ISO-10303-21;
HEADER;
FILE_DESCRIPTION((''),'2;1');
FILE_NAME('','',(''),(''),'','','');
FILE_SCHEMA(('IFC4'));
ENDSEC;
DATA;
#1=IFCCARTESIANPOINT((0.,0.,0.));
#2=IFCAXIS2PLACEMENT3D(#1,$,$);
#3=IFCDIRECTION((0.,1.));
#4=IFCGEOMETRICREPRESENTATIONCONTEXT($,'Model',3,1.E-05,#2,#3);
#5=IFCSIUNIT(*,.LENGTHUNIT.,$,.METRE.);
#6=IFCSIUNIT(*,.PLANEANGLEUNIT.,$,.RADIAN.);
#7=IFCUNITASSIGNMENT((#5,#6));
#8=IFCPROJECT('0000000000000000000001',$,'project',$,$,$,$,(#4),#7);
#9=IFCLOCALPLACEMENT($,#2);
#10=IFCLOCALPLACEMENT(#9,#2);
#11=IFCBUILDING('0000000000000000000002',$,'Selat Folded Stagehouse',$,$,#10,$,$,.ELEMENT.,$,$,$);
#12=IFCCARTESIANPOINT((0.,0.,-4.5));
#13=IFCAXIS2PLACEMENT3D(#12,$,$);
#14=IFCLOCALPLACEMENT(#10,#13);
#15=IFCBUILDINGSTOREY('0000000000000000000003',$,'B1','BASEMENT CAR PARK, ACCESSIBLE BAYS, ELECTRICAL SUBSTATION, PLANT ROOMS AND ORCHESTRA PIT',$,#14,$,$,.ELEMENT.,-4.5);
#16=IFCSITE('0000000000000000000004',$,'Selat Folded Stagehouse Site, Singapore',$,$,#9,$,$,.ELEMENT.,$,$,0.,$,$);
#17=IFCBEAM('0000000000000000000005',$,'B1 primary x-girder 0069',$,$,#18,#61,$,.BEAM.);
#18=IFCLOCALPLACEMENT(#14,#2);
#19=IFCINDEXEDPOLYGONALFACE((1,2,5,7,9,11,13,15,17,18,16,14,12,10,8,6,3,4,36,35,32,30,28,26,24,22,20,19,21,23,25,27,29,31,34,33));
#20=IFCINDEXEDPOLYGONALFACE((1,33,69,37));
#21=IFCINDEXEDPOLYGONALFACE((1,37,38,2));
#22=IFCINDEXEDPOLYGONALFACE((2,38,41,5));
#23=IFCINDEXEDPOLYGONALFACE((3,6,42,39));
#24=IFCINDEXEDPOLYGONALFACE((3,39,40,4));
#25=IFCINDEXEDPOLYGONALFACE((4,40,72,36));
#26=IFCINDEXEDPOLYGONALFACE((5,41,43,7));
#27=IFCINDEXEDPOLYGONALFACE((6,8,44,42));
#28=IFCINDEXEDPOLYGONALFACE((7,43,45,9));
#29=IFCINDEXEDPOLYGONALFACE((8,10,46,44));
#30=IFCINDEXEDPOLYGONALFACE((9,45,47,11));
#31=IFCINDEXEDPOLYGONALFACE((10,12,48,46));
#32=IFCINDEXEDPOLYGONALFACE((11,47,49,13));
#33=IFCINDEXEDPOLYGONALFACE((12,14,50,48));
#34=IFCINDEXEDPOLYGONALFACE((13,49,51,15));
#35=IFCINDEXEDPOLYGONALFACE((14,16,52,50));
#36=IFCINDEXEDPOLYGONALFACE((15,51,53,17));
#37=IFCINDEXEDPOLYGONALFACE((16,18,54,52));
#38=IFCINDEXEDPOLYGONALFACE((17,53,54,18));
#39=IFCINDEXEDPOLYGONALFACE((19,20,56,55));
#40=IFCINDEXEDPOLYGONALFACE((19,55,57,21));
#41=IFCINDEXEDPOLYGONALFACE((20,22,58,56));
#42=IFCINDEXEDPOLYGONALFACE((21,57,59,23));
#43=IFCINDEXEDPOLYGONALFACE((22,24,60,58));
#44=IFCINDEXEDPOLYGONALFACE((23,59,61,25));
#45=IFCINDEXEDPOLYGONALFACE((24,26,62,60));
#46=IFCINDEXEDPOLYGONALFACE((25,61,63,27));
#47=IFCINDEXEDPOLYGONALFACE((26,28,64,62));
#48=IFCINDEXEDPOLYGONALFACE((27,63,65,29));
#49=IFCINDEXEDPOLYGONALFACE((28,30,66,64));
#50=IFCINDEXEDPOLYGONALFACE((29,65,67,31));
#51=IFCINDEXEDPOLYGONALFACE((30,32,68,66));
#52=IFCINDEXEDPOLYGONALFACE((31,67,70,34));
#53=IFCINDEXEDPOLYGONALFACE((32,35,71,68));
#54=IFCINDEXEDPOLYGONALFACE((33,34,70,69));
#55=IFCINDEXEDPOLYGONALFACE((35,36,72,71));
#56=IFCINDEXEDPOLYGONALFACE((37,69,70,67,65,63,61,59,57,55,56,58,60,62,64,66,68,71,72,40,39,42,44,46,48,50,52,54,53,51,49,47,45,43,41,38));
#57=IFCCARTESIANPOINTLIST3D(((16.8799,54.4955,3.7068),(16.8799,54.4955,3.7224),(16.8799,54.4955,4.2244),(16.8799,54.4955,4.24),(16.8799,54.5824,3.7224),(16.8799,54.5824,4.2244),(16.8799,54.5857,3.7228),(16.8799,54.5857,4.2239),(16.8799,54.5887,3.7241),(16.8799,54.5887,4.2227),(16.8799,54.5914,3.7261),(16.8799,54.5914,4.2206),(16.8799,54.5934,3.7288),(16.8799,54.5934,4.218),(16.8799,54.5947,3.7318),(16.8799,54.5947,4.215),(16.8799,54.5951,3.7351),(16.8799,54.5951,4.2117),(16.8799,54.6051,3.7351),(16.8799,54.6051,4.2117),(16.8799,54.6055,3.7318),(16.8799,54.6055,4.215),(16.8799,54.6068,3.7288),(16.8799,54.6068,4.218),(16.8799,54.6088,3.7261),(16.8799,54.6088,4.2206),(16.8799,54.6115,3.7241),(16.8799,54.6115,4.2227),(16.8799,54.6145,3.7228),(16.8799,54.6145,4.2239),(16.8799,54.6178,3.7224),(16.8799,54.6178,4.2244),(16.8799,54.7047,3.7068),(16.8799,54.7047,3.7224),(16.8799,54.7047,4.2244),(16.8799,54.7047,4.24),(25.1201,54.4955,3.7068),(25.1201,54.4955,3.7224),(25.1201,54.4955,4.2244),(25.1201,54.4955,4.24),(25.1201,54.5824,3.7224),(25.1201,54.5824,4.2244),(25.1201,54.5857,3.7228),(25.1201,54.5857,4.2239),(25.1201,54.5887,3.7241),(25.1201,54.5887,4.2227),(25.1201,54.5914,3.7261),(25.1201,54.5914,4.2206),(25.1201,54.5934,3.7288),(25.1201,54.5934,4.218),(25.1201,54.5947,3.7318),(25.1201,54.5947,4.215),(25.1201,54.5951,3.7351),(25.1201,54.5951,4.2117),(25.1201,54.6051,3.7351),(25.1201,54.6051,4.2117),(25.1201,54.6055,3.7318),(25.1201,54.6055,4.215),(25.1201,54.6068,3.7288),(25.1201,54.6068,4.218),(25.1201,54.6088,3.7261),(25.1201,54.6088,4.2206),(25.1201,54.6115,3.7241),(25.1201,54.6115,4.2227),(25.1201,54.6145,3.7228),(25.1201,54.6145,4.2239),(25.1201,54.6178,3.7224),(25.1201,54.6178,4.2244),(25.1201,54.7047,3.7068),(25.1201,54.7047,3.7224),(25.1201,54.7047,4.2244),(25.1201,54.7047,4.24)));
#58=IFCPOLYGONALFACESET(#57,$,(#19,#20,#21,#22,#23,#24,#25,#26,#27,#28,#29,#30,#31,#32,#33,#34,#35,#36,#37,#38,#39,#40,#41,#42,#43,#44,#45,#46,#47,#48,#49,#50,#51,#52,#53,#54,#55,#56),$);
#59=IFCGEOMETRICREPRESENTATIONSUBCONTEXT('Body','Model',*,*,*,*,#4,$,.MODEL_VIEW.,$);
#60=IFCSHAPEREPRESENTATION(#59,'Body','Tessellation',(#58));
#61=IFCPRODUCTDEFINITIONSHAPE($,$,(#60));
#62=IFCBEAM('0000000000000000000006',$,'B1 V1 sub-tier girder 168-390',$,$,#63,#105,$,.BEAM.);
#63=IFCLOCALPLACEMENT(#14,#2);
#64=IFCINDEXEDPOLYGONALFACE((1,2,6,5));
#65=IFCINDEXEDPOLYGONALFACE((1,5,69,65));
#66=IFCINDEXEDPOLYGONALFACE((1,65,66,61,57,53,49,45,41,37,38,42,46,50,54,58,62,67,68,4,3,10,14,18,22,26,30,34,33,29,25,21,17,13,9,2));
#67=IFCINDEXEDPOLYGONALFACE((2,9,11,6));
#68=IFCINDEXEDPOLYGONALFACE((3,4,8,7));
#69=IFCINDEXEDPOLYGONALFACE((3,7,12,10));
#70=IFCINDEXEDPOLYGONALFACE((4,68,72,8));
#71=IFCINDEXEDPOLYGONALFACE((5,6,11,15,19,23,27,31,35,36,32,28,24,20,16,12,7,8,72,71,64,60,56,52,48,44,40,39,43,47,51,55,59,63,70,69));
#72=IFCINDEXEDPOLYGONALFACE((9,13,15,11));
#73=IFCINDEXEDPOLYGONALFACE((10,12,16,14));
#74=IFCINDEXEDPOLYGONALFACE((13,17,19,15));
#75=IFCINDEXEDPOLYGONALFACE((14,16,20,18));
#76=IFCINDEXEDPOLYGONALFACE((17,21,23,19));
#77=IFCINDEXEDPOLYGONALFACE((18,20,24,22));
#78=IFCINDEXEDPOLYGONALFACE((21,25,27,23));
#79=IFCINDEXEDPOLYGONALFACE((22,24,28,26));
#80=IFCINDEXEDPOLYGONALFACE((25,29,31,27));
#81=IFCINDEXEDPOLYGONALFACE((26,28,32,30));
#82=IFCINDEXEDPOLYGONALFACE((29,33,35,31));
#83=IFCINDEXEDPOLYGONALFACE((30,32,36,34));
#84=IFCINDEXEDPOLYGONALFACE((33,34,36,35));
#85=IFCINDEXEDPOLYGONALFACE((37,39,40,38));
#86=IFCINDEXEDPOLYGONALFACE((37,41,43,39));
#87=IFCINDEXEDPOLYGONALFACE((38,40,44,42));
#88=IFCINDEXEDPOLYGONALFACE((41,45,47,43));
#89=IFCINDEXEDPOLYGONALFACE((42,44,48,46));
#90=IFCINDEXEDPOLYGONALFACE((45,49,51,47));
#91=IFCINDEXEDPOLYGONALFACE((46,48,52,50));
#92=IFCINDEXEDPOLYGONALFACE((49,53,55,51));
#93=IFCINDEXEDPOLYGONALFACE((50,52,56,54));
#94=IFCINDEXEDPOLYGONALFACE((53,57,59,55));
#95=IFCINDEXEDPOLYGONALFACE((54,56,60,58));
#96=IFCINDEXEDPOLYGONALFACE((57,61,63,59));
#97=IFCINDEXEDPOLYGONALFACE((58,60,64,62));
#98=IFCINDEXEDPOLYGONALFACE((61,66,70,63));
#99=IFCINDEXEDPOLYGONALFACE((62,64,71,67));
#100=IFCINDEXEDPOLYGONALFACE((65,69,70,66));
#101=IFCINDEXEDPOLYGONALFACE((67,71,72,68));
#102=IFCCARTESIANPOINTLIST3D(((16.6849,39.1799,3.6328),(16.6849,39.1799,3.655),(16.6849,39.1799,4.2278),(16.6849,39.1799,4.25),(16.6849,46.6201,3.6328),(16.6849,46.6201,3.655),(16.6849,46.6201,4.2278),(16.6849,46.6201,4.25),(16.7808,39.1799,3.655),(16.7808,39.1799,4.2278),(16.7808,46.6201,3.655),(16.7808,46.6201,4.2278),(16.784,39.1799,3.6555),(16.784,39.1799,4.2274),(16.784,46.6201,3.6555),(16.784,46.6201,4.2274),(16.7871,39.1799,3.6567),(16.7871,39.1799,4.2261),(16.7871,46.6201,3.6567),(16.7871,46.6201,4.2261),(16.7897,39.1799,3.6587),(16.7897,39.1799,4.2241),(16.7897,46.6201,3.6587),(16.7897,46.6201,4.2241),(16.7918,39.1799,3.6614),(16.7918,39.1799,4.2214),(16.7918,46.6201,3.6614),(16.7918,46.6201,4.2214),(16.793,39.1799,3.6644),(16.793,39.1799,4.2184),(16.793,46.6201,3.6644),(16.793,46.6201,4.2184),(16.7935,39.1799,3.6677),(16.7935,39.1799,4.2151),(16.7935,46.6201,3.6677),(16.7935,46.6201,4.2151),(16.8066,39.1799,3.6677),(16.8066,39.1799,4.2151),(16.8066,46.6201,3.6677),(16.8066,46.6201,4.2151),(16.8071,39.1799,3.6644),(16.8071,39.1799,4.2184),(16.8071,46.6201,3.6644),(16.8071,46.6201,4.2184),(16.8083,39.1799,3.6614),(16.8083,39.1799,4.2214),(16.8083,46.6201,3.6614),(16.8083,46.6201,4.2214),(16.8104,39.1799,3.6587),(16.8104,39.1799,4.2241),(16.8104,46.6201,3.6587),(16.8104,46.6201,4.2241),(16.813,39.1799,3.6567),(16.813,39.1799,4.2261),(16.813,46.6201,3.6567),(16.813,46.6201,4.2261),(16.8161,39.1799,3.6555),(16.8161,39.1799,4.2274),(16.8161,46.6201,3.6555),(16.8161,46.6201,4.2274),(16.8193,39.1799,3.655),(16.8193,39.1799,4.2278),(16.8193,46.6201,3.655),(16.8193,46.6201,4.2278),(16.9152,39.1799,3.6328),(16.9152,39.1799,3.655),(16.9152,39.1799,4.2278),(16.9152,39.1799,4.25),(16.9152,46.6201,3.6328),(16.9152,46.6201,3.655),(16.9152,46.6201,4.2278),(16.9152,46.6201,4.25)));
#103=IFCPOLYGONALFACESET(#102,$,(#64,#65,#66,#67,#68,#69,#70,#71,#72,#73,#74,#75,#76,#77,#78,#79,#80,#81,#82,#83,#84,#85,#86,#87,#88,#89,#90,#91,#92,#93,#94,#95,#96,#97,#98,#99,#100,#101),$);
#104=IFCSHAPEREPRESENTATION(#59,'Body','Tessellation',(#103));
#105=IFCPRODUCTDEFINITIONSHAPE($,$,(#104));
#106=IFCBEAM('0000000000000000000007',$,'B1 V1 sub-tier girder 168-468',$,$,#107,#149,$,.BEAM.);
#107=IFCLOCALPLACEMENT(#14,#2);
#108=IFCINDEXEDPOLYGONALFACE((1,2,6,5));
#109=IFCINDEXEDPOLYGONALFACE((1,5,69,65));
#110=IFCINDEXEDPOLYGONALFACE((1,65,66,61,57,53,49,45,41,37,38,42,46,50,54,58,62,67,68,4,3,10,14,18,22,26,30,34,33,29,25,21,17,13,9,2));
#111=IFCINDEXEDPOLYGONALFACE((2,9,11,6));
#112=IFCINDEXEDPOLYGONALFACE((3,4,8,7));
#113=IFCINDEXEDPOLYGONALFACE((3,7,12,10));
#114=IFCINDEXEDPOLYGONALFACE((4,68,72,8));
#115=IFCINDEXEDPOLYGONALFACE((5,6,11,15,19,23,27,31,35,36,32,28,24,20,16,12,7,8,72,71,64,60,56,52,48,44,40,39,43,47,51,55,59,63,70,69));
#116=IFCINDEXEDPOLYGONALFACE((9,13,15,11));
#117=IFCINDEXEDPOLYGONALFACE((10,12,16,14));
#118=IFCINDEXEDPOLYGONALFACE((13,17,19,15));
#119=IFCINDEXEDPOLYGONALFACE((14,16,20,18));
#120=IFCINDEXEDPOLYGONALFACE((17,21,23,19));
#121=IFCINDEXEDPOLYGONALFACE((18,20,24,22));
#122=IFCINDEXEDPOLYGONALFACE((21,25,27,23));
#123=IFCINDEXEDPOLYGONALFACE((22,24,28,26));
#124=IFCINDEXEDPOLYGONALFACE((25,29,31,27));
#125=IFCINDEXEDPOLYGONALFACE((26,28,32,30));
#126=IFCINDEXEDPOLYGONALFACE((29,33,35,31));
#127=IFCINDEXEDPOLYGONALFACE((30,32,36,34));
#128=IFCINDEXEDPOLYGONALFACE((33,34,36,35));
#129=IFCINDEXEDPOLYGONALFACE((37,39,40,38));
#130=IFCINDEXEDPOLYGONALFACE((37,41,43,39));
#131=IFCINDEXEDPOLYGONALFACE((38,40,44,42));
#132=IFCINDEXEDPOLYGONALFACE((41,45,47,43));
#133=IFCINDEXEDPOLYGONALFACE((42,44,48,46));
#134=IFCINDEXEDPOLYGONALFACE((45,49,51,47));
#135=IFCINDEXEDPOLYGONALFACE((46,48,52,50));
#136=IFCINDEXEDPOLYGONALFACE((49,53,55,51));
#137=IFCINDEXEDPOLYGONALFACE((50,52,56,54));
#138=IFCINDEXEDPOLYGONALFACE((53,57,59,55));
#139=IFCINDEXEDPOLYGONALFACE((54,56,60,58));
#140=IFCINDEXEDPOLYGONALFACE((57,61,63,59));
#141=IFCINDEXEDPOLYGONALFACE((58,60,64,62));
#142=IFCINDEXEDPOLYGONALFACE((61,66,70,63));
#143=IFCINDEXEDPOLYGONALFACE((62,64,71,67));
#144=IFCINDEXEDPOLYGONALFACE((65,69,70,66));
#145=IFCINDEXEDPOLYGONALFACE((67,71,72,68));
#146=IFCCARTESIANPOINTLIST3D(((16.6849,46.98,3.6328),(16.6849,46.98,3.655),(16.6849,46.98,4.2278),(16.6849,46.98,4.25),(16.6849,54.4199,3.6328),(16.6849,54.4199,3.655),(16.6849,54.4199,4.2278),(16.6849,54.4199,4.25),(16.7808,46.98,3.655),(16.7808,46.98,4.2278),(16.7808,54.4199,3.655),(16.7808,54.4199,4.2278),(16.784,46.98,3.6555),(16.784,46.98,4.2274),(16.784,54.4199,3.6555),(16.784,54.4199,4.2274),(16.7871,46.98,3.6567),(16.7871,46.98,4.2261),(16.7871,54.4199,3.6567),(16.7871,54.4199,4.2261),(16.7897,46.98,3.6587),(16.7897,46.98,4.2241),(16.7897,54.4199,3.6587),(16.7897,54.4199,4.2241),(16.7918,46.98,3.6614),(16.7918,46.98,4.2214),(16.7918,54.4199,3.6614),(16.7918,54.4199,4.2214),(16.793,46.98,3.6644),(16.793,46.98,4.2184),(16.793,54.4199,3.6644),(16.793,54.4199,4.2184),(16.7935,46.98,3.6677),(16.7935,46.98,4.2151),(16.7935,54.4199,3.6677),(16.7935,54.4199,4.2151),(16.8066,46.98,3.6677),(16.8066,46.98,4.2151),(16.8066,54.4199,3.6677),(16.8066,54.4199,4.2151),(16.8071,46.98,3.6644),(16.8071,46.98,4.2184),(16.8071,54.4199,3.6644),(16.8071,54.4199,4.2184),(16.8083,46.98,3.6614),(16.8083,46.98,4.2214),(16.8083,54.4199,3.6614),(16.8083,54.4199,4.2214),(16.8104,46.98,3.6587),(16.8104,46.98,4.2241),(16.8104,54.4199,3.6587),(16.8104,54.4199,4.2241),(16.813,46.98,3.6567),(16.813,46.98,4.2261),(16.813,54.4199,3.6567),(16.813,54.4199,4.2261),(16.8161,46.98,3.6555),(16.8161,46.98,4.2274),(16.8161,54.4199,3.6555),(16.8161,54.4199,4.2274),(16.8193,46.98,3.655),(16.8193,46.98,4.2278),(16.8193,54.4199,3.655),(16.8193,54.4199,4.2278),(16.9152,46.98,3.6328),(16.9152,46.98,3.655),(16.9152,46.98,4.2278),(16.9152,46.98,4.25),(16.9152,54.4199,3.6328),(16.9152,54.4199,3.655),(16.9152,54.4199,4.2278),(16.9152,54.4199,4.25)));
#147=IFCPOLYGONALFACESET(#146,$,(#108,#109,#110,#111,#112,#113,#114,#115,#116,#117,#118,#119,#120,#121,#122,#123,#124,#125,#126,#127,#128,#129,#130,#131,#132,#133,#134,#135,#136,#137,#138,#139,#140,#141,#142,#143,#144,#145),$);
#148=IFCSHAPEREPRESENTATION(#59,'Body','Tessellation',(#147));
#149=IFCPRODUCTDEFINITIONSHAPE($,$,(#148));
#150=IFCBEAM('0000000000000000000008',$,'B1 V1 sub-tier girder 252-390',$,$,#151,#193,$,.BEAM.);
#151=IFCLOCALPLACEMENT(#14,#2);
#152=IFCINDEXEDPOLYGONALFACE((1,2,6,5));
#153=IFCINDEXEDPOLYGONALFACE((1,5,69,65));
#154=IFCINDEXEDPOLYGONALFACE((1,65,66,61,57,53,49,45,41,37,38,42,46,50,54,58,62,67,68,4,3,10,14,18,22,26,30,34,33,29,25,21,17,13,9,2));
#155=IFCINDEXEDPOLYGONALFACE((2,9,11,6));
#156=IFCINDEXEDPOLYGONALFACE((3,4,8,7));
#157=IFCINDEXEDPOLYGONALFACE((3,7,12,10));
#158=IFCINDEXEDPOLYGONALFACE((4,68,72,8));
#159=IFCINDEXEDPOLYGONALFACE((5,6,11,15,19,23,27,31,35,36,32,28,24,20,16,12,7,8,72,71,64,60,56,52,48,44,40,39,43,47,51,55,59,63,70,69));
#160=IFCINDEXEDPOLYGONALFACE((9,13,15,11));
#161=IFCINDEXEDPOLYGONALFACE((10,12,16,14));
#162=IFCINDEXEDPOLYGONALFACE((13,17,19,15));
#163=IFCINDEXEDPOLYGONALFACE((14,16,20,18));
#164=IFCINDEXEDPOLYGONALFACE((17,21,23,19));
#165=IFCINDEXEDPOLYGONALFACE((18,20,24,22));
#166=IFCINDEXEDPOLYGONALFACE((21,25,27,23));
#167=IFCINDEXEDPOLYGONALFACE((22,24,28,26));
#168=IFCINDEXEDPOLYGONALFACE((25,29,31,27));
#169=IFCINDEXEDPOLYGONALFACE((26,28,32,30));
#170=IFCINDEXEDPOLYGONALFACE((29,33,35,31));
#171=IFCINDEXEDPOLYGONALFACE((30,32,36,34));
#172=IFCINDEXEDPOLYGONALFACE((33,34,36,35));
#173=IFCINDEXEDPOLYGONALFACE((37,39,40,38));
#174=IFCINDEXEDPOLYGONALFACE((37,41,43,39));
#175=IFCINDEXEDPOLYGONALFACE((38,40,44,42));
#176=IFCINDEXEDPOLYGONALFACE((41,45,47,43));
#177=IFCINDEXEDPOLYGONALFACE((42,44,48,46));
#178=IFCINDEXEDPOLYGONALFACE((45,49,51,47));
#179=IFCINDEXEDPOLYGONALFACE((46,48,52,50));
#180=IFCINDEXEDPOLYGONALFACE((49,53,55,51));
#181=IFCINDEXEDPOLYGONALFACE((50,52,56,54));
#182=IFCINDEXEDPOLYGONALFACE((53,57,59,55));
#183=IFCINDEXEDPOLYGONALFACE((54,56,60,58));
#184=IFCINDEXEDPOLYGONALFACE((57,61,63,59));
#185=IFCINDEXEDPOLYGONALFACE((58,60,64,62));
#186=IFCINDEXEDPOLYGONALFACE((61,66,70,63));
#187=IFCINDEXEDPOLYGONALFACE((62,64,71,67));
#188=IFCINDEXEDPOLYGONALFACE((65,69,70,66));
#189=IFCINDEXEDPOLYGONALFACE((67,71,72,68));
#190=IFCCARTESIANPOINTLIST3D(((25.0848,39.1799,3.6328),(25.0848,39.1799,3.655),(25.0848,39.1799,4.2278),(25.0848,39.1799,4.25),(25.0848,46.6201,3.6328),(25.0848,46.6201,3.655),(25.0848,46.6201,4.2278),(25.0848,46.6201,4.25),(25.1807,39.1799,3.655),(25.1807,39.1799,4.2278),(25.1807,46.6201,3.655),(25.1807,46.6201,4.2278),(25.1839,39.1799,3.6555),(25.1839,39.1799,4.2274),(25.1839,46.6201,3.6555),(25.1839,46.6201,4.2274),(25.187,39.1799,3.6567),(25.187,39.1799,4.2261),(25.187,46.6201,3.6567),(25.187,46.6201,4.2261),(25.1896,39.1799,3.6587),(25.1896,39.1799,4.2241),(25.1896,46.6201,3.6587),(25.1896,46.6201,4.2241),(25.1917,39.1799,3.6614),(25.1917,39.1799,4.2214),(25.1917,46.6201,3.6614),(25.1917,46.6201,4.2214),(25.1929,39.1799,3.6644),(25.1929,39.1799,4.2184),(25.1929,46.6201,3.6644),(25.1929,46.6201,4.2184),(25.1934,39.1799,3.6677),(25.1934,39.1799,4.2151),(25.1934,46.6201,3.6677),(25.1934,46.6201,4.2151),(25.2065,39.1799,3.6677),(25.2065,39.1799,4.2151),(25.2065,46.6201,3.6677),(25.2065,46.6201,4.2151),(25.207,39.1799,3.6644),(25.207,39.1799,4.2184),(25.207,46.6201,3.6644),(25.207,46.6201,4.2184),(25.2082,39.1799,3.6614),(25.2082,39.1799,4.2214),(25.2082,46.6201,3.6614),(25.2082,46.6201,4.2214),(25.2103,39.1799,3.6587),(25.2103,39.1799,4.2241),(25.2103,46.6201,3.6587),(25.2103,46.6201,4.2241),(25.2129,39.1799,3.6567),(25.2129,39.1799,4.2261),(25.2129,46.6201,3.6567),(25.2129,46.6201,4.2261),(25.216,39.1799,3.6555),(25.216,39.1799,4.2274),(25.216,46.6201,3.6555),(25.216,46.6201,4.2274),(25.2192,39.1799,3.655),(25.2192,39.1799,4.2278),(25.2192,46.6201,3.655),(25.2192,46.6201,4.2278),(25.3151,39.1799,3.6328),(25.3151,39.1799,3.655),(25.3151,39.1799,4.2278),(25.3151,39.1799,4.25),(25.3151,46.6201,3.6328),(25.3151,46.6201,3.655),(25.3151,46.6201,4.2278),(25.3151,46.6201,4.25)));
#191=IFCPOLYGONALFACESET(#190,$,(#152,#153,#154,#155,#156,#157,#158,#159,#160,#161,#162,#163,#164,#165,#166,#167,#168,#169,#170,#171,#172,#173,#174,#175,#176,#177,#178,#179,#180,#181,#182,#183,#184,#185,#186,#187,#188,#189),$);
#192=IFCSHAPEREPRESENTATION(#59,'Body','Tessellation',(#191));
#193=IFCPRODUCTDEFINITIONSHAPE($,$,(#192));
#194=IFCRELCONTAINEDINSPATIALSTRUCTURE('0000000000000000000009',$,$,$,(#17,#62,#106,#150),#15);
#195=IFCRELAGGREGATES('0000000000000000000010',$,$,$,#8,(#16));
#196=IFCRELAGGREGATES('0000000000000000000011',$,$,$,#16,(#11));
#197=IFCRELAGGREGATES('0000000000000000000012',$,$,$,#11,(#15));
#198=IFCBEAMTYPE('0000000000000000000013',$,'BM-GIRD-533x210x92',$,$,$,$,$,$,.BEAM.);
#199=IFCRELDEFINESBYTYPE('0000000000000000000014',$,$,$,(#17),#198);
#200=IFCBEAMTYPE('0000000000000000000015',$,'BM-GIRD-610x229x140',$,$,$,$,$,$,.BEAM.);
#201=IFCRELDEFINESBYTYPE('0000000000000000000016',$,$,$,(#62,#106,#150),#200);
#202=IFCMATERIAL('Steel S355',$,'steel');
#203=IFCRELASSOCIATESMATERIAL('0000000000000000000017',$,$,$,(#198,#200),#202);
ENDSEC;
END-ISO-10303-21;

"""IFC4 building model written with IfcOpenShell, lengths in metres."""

from ifc_helpers import new_model, si_unit, direction, frame, origin, origin_2d, place, context, subcontext, project, spatial, i_section, extrude, material, material_profile, profile_set, type_object, element, save


model = new_model("IFC4")

# Units and contexts
model_context = context("Model", 3, precision=1e-05, world=origin(), true_north=direction((0.0, 1.0)))
body_context = subcontext(model_context, "Body", "Model", "MODEL_VIEW")
ifc_project = project(units=[si_unit("LENGTHUNIT", "METRE"), si_unit("PLANEANGLEUNIT", "RADIAN")], contexts=[model_context])

# Site, building, storey
site_placement = place(None, origin())
site = spatial("IfcSite", under=ifc_project, at=site_placement, Name="Selat Folded Stagehouse Site, Singapore", CompositionType="ELEMENT", RefElevation=0.0)
building_placement = place(site_placement, origin())
building = spatial("IfcBuilding", under=site, at=building_placement, Name="Selat Folded Stagehouse", CompositionType="ELEMENT")
storey_placement = place(building_placement, frame((0.0, 0.0, -4.5)))
storey = spatial("IfcBuildingStorey", under=building, at=storey_placement, Name="B1", Description="BASEMENT CAR PARK, ACCESSIBLE BAYS, ELECTRICAL SUBSTATION, PLANT ROOMS AND ORCHESTRA PIT", CompositionType="ELEMENT", Elevation=-4.5)

# Shared definitions
ifc_material_1 = material(Name="Steel S355", Category="steel")

# Beams
ifc_material_profile_1 = material_profile(ifc_material_1, i_section(OverallWidth=0.2092, OverallDepth=0.5332, WebThickness=0.01, FlangeThickness=0.0156, FilletRadius=0.0127, at=origin_2d()), Name="UKB 533x210x92")
ifc_profile_set_1 = profile_set([ifc_material_profile_1], Name="Steel S355")
beam_type_1 = type_object("IfcBeamType", Name="BM-GIRD-533x210x92", PredefinedType="BEAM", material=ifc_profile_set_1)
beam_1_placement = place(storey_placement, frame((16.8799, 54.6001, 3.9734), z_axis=(1.0, 0.0, 0.0), x_axis=(0.0, 1.0, 0.0)))
element("IfcBeam", 1, at=beam_1_placement, inside=storey, type_object=beam_type_1, Name="B1 primary x-girder 0069", PredefinedType="BEAM", context=body_context, shape_type="SweptSolid", body=[
    extrude(i_section(OverallWidth=0.2092, OverallDepth=0.5332, WebThickness=0.01, FlangeThickness=0.0156, FilletRadius=0.0127, at=origin_2d()), origin(), (0.0, 0.0, 1.0), 8.2402),
])
ifc_material_profile_2 = material_profile(ifc_material_1, i_section(OverallWidth=0.2302, OverallDepth=0.6172, WebThickness=0.0132, FlangeThickness=0.0222, FilletRadius=0.0127, at=origin_2d()), Name="UKB 610x229x140")
ifc_profile_set_2 = profile_set([ifc_material_profile_2], Name="Steel S355")
beam_type_2 = type_object("IfcBeamType", Name="BM-GIRD-610x229x140", PredefinedType="BEAM", material=ifc_profile_set_2)
beam_2_placement = place(storey_placement, frame((16.8, 39.1799, 3.9414), z_axis=(0.0, 1.0, 0.0), x_axis=(-1.0, 0.0, 0.0)))
element("IfcBeam", 2, at=beam_2_placement, inside=storey, type_object=beam_type_2, Name="B1 V1 sub-tier girder 168-390", PredefinedType="BEAM", context=body_context, shape_type="SweptSolid", body=[
    extrude(i_section(OverallWidth=0.2302, OverallDepth=0.6172, WebThickness=0.0132, FlangeThickness=0.0222, FilletRadius=0.0127, at=origin_2d()), origin(), (0.0, 0.0, 1.0), 7.4402),
])
beam_3_placement = place(storey_placement, frame((16.8, 46.98, 3.9414), z_axis=(0.0, 1.0, 0.0), x_axis=(-1.0, 0.0, 0.0)))
element("IfcBeam", 3, at=beam_3_placement, inside=storey, type_object=beam_type_2, Name="B1 V1 sub-tier girder 168-468", PredefinedType="BEAM", context=body_context, shape_type="SweptSolid", body=[
    extrude(i_section(OverallWidth=0.2302, OverallDepth=0.6172, WebThickness=0.0132, FlangeThickness=0.0222, FilletRadius=0.0127, at=origin_2d()), origin(), (0.0, 0.0, 1.0), 7.4399),
])
beam_4_placement = place(storey_placement, frame((25.2, 39.1799, 3.9414), z_axis=(0.0, 1.0, 0.0), x_axis=(-1.0, 0.0, 0.0)))
element("IfcBeam", 4, at=beam_4_placement, inside=storey, type_object=beam_type_2, Name="B1 V1 sub-tier girder 252-390", PredefinedType="BEAM", context=body_context, shape_type="SweptSolid", body=[
    extrude(i_section(OverallWidth=0.2302, OverallDepth=0.6172, WebThickness=0.0132, FlangeThickness=0.0222, FilletRadius=0.0127, at=origin_2d()), origin(), (0.0, 0.0, 1.0), 7.4402),
])

save(model, "model.ifc")
